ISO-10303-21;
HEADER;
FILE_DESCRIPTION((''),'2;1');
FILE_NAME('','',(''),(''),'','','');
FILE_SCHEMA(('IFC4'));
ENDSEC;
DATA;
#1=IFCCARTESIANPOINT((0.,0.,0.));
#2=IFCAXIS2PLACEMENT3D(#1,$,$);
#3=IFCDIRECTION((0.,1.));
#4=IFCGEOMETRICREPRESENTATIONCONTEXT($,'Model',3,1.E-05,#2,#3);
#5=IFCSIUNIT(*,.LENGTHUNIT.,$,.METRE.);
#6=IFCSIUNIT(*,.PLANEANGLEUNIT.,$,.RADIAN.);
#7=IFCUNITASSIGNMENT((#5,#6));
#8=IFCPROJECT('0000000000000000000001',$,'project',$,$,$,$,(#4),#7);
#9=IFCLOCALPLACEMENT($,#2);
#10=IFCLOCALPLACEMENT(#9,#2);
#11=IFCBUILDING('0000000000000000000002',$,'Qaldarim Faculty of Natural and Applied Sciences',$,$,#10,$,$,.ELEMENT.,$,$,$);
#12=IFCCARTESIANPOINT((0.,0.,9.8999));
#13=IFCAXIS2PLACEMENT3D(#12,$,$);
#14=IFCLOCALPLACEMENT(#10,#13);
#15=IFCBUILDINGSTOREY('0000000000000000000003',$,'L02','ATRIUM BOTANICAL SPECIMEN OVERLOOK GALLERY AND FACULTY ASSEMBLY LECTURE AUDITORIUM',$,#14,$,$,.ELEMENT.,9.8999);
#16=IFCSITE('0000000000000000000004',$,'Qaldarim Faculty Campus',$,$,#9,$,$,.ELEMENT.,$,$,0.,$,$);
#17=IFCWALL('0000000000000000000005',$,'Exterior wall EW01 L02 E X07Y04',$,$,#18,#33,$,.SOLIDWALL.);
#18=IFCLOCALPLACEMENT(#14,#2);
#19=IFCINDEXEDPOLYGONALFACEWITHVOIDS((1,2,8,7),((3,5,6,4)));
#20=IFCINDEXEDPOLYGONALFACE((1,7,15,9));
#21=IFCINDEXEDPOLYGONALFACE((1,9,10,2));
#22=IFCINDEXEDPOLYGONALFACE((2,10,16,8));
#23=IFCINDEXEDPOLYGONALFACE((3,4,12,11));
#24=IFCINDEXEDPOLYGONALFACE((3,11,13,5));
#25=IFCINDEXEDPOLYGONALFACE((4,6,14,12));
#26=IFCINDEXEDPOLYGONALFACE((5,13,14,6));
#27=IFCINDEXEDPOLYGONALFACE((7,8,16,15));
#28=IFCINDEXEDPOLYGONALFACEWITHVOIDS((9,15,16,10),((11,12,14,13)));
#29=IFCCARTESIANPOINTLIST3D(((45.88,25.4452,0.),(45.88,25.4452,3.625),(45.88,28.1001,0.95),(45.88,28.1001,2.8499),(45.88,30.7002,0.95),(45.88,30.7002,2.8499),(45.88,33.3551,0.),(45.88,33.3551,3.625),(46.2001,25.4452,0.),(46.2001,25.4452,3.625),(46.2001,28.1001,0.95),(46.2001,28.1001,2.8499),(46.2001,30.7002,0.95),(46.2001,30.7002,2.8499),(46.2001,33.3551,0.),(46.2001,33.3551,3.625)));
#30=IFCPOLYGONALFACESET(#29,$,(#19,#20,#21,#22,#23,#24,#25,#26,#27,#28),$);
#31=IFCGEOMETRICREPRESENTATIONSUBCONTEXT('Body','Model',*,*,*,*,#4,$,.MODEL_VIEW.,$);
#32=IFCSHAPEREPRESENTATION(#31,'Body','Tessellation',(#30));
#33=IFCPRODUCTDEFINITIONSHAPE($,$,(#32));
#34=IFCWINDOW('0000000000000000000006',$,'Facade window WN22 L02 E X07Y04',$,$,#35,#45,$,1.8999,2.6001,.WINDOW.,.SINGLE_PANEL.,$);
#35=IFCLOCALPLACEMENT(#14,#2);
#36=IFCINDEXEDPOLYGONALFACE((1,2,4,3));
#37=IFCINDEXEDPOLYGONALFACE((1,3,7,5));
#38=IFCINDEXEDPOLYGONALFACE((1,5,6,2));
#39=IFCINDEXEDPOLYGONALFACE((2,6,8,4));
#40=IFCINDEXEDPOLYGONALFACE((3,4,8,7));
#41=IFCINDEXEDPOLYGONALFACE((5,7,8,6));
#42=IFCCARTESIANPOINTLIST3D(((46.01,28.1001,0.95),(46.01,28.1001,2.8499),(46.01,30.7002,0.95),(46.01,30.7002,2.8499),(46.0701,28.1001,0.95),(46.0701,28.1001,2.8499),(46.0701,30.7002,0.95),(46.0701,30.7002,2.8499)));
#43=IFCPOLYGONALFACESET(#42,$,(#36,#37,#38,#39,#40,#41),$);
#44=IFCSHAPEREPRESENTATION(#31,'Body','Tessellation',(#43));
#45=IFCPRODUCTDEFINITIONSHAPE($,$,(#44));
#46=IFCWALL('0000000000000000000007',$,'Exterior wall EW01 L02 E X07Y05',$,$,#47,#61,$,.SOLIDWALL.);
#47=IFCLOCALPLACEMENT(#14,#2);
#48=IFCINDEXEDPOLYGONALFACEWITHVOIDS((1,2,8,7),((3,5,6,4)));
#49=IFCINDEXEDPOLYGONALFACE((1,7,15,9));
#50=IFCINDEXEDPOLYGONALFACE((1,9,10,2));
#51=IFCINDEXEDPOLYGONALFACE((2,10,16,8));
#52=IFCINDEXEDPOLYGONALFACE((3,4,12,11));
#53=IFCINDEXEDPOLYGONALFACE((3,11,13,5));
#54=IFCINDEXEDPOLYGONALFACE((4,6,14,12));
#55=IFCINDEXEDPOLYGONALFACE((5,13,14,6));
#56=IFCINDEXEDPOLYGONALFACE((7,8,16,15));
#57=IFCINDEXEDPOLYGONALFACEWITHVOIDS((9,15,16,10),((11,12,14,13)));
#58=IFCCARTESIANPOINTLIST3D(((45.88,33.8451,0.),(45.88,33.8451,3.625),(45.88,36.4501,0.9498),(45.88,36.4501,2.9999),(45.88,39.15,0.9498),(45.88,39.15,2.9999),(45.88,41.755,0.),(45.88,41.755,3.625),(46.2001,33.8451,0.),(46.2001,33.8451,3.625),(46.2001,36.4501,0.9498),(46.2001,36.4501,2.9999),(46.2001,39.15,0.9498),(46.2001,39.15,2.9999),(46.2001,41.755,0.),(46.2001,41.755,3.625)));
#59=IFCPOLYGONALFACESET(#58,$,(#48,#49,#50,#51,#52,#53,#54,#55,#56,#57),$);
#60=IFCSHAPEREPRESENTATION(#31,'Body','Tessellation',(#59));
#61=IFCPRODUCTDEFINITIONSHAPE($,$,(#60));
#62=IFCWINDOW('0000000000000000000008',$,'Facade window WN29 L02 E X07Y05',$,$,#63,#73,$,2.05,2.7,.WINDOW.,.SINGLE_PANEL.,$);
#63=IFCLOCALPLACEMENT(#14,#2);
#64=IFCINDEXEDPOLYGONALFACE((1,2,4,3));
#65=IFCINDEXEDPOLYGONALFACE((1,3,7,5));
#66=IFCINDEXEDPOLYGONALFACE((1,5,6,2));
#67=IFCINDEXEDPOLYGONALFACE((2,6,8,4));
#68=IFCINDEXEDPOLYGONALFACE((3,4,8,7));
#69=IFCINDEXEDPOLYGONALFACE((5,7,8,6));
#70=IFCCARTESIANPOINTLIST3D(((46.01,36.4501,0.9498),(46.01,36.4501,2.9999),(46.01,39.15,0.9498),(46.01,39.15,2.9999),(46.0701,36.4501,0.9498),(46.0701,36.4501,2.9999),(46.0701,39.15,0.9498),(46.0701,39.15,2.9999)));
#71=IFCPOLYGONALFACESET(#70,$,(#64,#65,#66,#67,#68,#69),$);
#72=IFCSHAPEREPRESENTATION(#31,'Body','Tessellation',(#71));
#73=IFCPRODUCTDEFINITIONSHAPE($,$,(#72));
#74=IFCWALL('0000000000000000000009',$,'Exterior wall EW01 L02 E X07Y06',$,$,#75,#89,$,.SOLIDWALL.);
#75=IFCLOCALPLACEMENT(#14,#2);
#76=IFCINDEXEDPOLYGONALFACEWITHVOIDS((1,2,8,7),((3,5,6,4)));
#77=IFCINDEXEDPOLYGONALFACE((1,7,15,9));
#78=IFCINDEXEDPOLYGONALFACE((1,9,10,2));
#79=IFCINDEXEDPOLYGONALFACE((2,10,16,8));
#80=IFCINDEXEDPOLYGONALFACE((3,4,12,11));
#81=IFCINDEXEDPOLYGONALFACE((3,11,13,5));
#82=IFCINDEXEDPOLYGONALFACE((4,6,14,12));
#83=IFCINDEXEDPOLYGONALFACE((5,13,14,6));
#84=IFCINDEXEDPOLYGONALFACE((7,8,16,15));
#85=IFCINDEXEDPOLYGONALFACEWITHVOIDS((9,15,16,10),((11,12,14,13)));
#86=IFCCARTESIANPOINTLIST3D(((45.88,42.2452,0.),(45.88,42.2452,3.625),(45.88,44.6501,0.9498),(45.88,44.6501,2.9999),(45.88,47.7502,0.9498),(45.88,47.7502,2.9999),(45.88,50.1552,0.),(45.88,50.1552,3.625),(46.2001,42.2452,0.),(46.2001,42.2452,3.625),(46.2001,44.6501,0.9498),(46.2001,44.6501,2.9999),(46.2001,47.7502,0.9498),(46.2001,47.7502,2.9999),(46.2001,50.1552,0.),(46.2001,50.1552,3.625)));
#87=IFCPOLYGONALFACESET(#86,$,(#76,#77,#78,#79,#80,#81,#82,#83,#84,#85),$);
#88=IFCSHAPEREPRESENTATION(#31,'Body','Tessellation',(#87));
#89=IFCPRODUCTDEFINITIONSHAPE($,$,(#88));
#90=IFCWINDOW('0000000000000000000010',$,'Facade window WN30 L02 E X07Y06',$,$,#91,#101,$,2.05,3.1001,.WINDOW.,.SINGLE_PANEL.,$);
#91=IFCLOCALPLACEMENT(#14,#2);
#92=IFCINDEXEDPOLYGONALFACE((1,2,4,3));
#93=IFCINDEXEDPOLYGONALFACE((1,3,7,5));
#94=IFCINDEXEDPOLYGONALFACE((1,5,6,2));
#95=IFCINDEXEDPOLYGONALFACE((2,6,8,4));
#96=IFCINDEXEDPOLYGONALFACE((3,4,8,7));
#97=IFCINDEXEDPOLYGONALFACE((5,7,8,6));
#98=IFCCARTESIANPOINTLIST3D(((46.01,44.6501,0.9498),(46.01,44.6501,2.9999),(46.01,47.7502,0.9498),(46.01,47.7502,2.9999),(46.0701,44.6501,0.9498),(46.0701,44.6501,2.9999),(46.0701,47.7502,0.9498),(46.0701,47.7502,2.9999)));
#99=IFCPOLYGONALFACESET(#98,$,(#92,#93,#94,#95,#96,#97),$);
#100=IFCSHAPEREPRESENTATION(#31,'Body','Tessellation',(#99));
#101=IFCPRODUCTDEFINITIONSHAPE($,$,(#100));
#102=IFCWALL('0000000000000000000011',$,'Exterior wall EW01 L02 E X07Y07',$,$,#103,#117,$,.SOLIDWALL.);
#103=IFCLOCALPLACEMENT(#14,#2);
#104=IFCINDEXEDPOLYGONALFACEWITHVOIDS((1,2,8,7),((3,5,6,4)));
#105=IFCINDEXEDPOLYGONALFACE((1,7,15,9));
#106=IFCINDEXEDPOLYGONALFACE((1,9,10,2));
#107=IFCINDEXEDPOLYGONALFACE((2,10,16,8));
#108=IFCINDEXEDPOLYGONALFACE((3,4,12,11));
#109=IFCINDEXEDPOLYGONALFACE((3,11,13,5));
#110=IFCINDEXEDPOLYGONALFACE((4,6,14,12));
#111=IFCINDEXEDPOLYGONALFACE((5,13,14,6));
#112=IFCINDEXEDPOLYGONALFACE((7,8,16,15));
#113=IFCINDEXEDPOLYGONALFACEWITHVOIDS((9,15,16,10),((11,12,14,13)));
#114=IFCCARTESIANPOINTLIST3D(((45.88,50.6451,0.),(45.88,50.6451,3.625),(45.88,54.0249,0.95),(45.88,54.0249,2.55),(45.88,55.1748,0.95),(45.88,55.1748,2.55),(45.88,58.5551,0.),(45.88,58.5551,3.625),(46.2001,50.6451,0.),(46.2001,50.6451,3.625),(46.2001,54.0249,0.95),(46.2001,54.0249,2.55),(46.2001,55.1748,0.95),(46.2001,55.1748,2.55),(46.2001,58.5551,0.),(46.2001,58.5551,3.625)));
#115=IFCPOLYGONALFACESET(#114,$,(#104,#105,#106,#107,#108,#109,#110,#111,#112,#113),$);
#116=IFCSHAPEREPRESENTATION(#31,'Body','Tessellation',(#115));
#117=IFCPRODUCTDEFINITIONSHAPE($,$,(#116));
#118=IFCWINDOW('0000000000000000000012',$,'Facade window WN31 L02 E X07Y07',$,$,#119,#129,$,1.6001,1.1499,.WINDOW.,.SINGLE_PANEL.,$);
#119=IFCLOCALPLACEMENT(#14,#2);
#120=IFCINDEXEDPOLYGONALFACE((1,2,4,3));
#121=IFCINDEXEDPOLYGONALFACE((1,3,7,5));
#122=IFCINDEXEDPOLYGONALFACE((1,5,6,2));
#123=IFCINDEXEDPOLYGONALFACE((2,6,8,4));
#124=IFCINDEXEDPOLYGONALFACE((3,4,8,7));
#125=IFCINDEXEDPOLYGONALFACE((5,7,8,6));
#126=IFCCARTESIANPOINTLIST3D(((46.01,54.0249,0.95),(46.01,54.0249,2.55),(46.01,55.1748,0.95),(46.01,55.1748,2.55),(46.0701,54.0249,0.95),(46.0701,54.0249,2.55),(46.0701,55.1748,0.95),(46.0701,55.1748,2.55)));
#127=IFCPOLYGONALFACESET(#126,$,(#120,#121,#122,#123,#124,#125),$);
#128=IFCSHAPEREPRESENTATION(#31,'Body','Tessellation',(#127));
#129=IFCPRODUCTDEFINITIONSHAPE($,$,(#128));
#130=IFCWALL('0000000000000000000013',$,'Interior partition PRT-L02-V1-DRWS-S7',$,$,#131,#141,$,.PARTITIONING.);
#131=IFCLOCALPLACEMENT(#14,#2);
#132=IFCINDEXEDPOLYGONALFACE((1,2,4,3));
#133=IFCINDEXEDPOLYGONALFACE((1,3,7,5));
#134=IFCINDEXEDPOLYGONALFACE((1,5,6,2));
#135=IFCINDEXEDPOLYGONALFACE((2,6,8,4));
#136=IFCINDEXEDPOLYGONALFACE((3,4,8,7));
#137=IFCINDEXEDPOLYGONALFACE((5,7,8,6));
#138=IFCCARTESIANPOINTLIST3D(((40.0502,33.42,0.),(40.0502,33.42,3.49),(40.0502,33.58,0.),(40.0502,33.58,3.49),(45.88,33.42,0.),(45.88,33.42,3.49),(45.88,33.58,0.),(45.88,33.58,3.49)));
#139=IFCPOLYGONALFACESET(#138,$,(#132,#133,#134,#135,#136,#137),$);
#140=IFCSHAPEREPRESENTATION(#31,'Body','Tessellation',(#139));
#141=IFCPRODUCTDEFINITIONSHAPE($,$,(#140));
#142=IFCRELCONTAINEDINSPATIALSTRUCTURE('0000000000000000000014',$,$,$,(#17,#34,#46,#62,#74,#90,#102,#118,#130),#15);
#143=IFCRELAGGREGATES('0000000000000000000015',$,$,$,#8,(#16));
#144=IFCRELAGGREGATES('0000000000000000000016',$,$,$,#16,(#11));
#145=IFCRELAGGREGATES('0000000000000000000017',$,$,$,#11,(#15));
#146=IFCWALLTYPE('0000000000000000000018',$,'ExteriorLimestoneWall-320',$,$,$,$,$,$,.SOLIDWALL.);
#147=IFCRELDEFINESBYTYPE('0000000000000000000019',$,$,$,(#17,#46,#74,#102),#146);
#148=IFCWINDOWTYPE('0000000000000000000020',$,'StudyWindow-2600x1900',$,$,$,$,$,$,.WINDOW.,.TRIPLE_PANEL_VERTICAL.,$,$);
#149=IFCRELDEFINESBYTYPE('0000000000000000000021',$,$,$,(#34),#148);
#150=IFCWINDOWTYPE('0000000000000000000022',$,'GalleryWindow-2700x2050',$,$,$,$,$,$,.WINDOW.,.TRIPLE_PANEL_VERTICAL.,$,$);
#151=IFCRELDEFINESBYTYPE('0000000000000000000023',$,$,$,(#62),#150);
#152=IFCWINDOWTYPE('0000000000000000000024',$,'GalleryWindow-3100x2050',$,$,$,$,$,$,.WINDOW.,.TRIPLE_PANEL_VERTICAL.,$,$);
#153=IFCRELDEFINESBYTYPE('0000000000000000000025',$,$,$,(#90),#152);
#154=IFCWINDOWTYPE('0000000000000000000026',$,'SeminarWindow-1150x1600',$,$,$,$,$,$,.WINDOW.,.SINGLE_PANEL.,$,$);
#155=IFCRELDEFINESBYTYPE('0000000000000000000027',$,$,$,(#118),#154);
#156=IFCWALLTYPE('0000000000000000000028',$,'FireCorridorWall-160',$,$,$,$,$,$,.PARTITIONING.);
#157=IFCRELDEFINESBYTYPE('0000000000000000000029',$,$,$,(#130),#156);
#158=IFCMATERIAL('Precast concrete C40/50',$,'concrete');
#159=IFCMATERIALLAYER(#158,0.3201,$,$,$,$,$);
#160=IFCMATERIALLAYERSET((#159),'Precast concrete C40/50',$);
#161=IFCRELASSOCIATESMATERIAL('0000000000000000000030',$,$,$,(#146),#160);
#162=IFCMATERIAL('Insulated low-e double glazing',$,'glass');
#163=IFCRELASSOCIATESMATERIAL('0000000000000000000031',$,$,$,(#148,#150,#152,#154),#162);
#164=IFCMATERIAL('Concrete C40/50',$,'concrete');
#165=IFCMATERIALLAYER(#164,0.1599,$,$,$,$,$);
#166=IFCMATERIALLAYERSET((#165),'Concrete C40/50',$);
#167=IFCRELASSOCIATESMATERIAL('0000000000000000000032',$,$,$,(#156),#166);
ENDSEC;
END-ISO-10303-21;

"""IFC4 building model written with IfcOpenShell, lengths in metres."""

from ifc_helpers import new_model, si_unit, direction, frame, frame_2d, origin, place, context, subcontext, project, spatial, rectangle, extrude, material, layer, layer_set, type_object, element, fill, save


model = new_model("IFC4")

# Units and contexts
model_context = context("Model", 3, precision=1e-05, world=origin(), true_north=direction((0.0, 1.0)))
body_context = subcontext(model_context, "Body", "Model", "MODEL_VIEW")
ifc_project = project(units=[si_unit("LENGTHUNIT", "METRE"), si_unit("PLANEANGLEUNIT", "RADIAN")], contexts=[model_context])

# Site, building, storey
site_placement = place(None, origin())
site = spatial("IfcSite", under=ifc_project, at=site_placement, Name="Qaldarim Faculty Campus", CompositionType="ELEMENT", RefElevation=0.0)
building_placement = place(site_placement, origin())
building = spatial("IfcBuilding", under=site, at=building_placement, Name="Qaldarim Faculty of Natural and Applied Sciences", CompositionType="ELEMENT")
storey_placement = place(building_placement, frame((0.0, 0.0, 9.8999)))
storey = spatial("IfcBuildingStorey", under=building, at=storey_placement, Name="L02", Description="ATRIUM BOTANICAL SPECIMEN OVERLOOK GALLERY AND FACULTY ASSEMBLY LECTURE AUDITORIUM", CompositionType="ELEMENT", Elevation=9.8999)

# Shared definitions
ifc_material_1 = material(Name="Concrete C40/50", Category="concrete")

# Walls, openings, windows
ifc_material_2 = material(Name="Precast concrete C40/50", Category="concrete")
ifc_layer_1 = layer(ifc_material_2, 0.3201)
ifc_layer_set_1 = layer_set([ifc_layer_1], Name="Precast concrete C40/50")
wall_type_1 = type_object("IfcWallType", Name="ExteriorLimestoneWall-320", PredefinedType="SOLIDWALL", material=ifc_layer_set_1)
wall_1_placement = place(storey_placement, frame((46.04, 25.4451, 0.0), z_axis=(0.0, 0.0, 1.0), x_axis=(0.0, 1.0, 0.0)))
wall_1 = element("IfcWall", 1, at=wall_1_placement, inside=storey, type_object=wall_type_1, Name="Exterior wall EW01 L02 E X07Y04", PredefinedType="SOLIDWALL", context=body_context, shape_type="SweptSolid", body=[
    extrude(rectangle(XDim=7.9099, YDim=0.3201, at=frame_2d((3.9551, 0.0))), origin(), (0.0, 0.0, 1.0), 3.625),
])
opening_1_placement = place(wall_1_placement, frame((2.655, 0.0, 0.95)))
opening_1 = element("IfcOpeningElement", 2, at=opening_1_placement, cuts=wall_1, PredefinedType="OPENING", context=body_context, shape_type="SweptSolid", body=[
    extrude(rectangle(XDim=2.6001, YDim=1.8999, at=frame_2d((1.3, 0.95))), frame((0.0, 0.1699, 0.0), z_axis=(0.0, -1.0, 0.0), x_axis=(1.0, 0.0, 0.0)), (0.0, 0.0, 1.0), 0.3401),
])
ifc_material_3 = material(Name="Insulated low-e double glazing", Category="glass")
window_type_1 = type_object("IfcWindowType", Name="StudyWindow-2600x1900", PartitioningType="TRIPLE_PANEL_VERTICAL", PredefinedType="WINDOW", material=ifc_material_3)
window_1_placement = place(opening_1_placement, origin())
window_1 = element("IfcWindow", 3, at=window_1_placement, inside=storey, type_object=window_type_1, Name="Facade window WN22 L02 E X07Y04", OverallHeight=1.8999, OverallWidth=2.6001, PartitioningType="SINGLE_PANEL", PredefinedType="WINDOW", context=body_context, shape_type="SweptSolid", body=[
    extrude(rectangle(XDim=2.6001, YDim=1.8999, at=frame_2d((1.3, 0.95))), frame((0.0, 0.03, 0.0), z_axis=(0.0, -1.0, 0.0), x_axis=(1.0, 0.0, 0.0)), (0.0, 0.0, 1.0), 0.0601),
])
fill(opening_1, window_1)
wall_2_placement = place(storey_placement, frame((46.04, 33.845, 0.0), z_axis=(0.0, 0.0, 1.0), x_axis=(0.0, 1.0, 0.0)))
wall_2 = element("IfcWall", 4, at=wall_2_placement, inside=storey, type_object=wall_type_1, Name="Exterior wall EW01 L02 E X07Y05", PredefinedType="SOLIDWALL", context=body_context, shape_type="SweptSolid", body=[
    extrude(rectangle(XDim=7.9099, YDim=0.3201, at=frame_2d((3.9551, 0.0))), origin(), (0.0, 0.0, 1.0), 3.625),
])
opening_2_placement = place(wall_2_placement, frame((2.605, 0.0, 0.95)))
opening_2 = element("IfcOpeningElement", 5, at=opening_2_placement, cuts=wall_2, PredefinedType="OPENING", context=body_context, shape_type="SweptSolid", body=[
    extrude(rectangle(XDim=2.7, YDim=2.05, at=frame_2d((1.3501, 1.0249))), frame((0.0, 0.1699, 0.0), z_axis=(0.0, -1.0, 0.0), x_axis=(1.0, 0.0, 0.0)), (0.0, 0.0, 1.0), 0.3401),
])
window_type_2 = type_object("IfcWindowType", Name="GalleryWindow-2700x2050", PartitioningType="TRIPLE_PANEL_VERTICAL", PredefinedType="WINDOW", material=ifc_material_3)
window_2_placement = place(opening_2_placement, origin())
window_2 = element("IfcWindow", 6, at=window_2_placement, inside=storey, type_object=window_type_2, Name="Facade window WN29 L02 E X07Y05", OverallHeight=2.05, OverallWidth=2.7, PartitioningType="SINGLE_PANEL", PredefinedType="WINDOW", context=body_context, shape_type="SweptSolid", body=[
    extrude(rectangle(XDim=2.7, YDim=2.05, at=frame_2d((1.3501, 1.0249))), frame((0.0, 0.03, 0.0), z_axis=(0.0, -1.0, 0.0), x_axis=(1.0, 0.0, 0.0)), (0.0, 0.0, 1.0), 0.0601),
])
fill(opening_2, window_2)
wall_3_placement = place(storey_placement, frame((46.04, 42.2451, 0.0), z_axis=(0.0, 0.0, 1.0), x_axis=(0.0, 1.0, 0.0)))
wall_3 = element("IfcWall", 7, at=wall_3_placement, inside=storey, type_object=wall_type_1, Name="Exterior wall EW01 L02 E X07Y06", PredefinedType="SOLIDWALL", context=body_context, shape_type="SweptSolid", body=[
    extrude(rectangle(XDim=7.9099, YDim=0.3201, at=frame_2d((3.9551, 0.0))), origin(), (0.0, 0.0, 1.0), 3.625),
])
opening_3_placement = place(wall_3_placement, frame((2.405, 0.0, 0.95)))
opening_3 = element("IfcOpeningElement", 8, at=opening_3_placement, cuts=wall_3, PredefinedType="OPENING", context=body_context, shape_type="SweptSolid", body=[
    extrude(rectangle(XDim=3.1001, YDim=2.05, at=frame_2d((1.55, 1.0249))), frame((0.0, 0.1699, 0.0), z_axis=(0.0, -1.0, 0.0), x_axis=(1.0, 0.0, 0.0)), (0.0, 0.0, 1.0), 0.3401),
])
window_type_3 = type_object("IfcWindowType", Name="GalleryWindow-3100x2050", PartitioningType="TRIPLE_PANEL_VERTICAL", PredefinedType="WINDOW", material=ifc_material_3)
window_3_placement = place(opening_3_placement, origin())
window_3 = element("IfcWindow", 9, at=window_3_placement, inside=storey, type_object=window_type_3, Name="Facade window WN30 L02 E X07Y06", OverallHeight=2.05, OverallWidth=3.1001, PartitioningType="SINGLE_PANEL", PredefinedType="WINDOW", context=body_context, shape_type="SweptSolid", body=[
    extrude(rectangle(XDim=3.1001, YDim=2.05, at=frame_2d((1.55, 1.0249))), frame((0.0, 0.03, 0.0), z_axis=(0.0, -1.0, 0.0), x_axis=(1.0, 0.0, 0.0)), (0.0, 0.0, 1.0), 0.0601),
])
fill(opening_3, window_3)
wall_4_placement = place(storey_placement, frame((46.04, 50.645, 0.0), z_axis=(0.0, 0.0, 1.0), x_axis=(0.0, 1.0, 0.0)))
wall_4 = element("IfcWall", 10, at=wall_4_placement, inside=storey, type_object=wall_type_1, Name="Exterior wall EW01 L02 E X07Y07", PredefinedType="SOLIDWALL", context=body_context, shape_type="SweptSolid", body=[
    extrude(rectangle(XDim=7.9099, YDim=0.3201, at=frame_2d((3.9551, 0.0))), origin(), (0.0, 0.0, 1.0), 3.625),
])
opening_4_placement = place(wall_4_placement, frame((3.3799, 0.0, 0.95)))
opening_4 = element("IfcOpeningElement", 11, at=opening_4_placement, cuts=wall_4, PredefinedType="OPENING", context=body_context, shape_type="SweptSolid", body=[
    extrude(rectangle(XDim=1.1499, YDim=1.6001, at=frame_2d((0.575, 0.8))), frame((0.0, 0.1699, 0.0), z_axis=(0.0, -1.0, 0.0), x_axis=(1.0, 0.0, 0.0)), (0.0, 0.0, 1.0), 0.3401),
])
window_type_4 = type_object("IfcWindowType", Name="SeminarWindow-1150x1600", PartitioningType="SINGLE_PANEL", PredefinedType="WINDOW", material=ifc_material_3)
window_4_placement = place(opening_4_placement, origin())
window_4 = element("IfcWindow", 12, at=window_4_placement, inside=storey, type_object=window_type_4, Name="Facade window WN31 L02 E X07Y07", OverallHeight=1.6001, OverallWidth=1.1499, PartitioningType="SINGLE_PANEL", PredefinedType="WINDOW", context=body_context, shape_type="SweptSolid", body=[
    extrude(rectangle(XDim=1.1499, YDim=1.6001, at=frame_2d((0.575, 0.8))), frame((0.0, 0.03, 0.0), z_axis=(0.0, -1.0, 0.0), x_axis=(1.0, 0.0, 0.0)), (0.0, 0.0, 1.0), 0.0601),
])
fill(opening_4, window_4)

# Shared definitions
ifc_layer_2 = layer(ifc_material_1, 0.1599)
ifc_layer_set_2 = layer_set([ifc_layer_2], Name="Concrete C40/50")
wall_type_2 = type_object("IfcWallType", Name="FireCorridorWall-160", PredefinedType="PARTITIONING", material=ifc_layer_set_2)

# Wall
wall_5_placement = place(storey_placement, frame((40.05, 33.5, 0.0), z_axis=(0.0, 0.0, 1.0), x_axis=(1.0, 0.0, 0.0)))
element("IfcWall", 13, at=wall_5_placement, inside=storey, type_object=wall_type_2, Name="Interior partition PRT-L02-V1-DRWS-S7", PredefinedType="PARTITIONING", context=body_context, shape_type="SweptSolid", body=[
    extrude(rectangle(XDim=5.8298, YDim=0.1599, at=frame_2d((2.915, 0.0))), origin(), (0.0, 0.0, 1.0), 3.49),
])

save(model, "model.ifc")
